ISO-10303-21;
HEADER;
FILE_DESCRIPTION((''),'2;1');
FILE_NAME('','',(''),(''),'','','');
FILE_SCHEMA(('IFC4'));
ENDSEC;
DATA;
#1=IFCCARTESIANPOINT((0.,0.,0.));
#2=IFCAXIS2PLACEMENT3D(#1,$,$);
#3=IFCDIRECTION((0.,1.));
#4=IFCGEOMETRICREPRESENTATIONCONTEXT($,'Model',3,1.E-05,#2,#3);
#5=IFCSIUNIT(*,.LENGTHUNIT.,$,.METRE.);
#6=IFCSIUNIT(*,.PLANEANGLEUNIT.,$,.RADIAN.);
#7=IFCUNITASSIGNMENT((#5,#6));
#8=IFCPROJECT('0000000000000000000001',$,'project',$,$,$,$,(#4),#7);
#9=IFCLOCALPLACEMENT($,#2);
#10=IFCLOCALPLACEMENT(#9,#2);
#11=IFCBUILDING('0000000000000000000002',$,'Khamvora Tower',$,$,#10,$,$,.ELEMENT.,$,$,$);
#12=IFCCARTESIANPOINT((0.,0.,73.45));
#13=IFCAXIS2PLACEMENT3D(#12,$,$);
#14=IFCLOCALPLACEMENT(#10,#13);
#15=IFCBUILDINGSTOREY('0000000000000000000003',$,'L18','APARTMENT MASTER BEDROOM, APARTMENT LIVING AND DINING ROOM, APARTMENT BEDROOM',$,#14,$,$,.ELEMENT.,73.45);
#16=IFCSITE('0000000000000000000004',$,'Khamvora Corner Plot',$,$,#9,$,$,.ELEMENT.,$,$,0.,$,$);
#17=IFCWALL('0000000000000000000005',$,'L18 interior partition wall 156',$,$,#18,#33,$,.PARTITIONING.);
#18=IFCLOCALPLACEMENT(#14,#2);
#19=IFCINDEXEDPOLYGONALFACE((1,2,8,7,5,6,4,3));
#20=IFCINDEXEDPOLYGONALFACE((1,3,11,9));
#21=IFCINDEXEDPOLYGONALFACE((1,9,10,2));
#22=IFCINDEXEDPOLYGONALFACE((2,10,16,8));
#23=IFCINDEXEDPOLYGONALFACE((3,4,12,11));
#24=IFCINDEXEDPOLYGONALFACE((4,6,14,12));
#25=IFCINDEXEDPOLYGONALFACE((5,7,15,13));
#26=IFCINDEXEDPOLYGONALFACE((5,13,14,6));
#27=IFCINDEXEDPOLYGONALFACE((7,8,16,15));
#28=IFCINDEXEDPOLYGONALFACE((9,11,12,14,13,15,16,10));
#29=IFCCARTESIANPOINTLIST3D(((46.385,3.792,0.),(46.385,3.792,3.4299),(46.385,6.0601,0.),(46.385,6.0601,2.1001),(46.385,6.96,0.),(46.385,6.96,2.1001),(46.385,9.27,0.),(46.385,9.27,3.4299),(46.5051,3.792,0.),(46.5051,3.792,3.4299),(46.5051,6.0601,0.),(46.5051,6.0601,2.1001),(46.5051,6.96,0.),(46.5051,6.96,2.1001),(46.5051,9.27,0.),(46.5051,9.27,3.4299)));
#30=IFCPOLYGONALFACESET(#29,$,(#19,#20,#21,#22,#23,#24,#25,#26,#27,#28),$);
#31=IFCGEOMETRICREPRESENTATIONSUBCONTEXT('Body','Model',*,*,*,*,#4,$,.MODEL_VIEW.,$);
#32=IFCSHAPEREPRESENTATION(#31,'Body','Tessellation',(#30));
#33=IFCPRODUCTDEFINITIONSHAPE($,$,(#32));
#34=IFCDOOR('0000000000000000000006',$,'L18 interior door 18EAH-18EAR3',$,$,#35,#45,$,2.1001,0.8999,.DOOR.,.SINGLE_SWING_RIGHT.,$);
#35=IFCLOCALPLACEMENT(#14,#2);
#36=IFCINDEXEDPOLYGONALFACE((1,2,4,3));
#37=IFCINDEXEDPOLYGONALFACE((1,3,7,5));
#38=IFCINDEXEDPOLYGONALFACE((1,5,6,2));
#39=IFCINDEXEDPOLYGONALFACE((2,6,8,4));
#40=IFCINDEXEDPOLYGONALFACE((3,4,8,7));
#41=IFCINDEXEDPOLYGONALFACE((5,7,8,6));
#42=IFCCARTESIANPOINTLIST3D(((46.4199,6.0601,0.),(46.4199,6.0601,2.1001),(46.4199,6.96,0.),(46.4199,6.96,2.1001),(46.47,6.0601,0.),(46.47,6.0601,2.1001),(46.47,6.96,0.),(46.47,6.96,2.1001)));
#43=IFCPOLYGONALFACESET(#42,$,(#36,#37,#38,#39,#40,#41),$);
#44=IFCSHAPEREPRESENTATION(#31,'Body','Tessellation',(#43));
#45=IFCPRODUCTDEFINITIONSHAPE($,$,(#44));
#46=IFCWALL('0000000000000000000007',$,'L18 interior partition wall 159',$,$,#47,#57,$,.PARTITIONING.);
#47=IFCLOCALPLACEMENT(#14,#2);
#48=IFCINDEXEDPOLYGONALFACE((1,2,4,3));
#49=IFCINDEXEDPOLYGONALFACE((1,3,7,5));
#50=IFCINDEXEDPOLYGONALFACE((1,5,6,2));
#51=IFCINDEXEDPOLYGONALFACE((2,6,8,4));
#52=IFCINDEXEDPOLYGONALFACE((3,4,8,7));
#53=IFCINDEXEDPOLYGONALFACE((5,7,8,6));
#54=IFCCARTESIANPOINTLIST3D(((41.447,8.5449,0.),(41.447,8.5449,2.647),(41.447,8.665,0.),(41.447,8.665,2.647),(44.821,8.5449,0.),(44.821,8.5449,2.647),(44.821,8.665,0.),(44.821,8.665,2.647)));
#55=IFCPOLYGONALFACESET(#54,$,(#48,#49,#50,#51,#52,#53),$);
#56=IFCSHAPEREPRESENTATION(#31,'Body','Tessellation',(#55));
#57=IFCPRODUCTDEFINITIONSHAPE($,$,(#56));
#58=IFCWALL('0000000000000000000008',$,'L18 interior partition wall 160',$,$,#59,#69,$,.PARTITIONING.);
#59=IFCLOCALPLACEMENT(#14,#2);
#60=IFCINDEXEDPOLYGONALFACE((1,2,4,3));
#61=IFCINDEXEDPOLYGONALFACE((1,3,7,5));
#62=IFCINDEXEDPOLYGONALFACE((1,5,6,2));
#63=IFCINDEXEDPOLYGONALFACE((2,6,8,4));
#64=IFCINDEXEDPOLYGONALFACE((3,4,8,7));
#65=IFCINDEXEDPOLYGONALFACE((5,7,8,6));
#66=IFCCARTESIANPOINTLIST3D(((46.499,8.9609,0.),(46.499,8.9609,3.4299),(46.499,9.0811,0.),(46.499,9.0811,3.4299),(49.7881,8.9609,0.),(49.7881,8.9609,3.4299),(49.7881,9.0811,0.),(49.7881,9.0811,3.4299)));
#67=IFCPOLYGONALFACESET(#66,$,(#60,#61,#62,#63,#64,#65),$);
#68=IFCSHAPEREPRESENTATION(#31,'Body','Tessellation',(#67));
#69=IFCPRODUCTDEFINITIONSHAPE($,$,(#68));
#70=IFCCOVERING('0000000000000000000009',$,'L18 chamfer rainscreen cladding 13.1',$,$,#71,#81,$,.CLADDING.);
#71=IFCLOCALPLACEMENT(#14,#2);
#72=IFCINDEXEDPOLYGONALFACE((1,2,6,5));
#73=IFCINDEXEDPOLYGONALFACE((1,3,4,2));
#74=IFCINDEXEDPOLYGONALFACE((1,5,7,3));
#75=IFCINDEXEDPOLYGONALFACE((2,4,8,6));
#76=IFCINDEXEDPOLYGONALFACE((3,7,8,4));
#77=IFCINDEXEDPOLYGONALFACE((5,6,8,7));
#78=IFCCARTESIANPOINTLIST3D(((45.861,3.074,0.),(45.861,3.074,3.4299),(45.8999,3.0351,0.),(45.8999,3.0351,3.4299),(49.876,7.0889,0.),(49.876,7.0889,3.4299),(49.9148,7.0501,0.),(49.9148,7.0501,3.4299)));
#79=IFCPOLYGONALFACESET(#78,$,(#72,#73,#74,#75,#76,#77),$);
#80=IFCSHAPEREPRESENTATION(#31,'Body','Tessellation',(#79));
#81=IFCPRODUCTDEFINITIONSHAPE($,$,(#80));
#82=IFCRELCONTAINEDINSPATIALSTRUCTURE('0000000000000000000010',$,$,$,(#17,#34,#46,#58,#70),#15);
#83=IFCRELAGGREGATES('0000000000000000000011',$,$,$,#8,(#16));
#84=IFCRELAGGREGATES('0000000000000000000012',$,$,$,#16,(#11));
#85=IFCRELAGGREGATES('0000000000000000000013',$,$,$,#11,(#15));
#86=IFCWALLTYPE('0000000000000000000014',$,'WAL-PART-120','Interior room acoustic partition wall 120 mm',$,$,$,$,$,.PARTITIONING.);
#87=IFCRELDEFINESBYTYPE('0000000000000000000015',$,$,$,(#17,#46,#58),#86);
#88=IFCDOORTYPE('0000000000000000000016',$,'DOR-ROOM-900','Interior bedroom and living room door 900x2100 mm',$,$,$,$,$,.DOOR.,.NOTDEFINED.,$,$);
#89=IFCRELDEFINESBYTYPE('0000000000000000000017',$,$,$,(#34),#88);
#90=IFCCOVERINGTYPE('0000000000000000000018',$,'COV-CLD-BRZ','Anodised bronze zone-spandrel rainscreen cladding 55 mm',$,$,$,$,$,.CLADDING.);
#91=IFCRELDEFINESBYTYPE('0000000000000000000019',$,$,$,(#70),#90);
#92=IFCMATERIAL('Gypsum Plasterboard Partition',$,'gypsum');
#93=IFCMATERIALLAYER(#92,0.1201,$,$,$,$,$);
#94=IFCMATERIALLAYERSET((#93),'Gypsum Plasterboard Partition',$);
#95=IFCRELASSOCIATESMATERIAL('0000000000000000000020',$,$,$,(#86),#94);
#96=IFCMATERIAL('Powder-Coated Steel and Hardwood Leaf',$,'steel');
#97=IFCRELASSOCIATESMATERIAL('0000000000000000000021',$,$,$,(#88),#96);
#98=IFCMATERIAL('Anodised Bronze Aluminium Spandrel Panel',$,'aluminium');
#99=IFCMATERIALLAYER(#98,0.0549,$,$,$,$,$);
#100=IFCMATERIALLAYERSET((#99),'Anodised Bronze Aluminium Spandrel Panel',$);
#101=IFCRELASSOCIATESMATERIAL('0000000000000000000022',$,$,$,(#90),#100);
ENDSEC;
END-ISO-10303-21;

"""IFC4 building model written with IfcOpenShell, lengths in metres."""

from ifc_helpers import new_model, si_unit, direction, frame, frame_2d, origin, origin_2d, place, context, subcontext, project, spatial, rectangle, extrude, material, layer, layer_set, type_object, element, fill, save


model = new_model("IFC4")

# Units and contexts
model_context = context("Model", 3, precision=1e-05, world=origin(), true_north=direction((0.0, 1.0)))
body_context = subcontext(model_context, "Body", "Model", "MODEL_VIEW")
ifc_project = project(units=[si_unit("LENGTHUNIT", "METRE"), si_unit("PLANEANGLEUNIT", "RADIAN")], contexts=[model_context])

# Site, building, storey
site_placement = place(None, origin())
site = spatial("IfcSite", under=ifc_project, at=site_placement, Name="Khamvora Corner Plot", CompositionType="ELEMENT", RefElevation=0.0)
building_placement = place(site_placement, origin())
building = spatial("IfcBuilding", under=site, at=building_placement, Name="Khamvora Tower", CompositionType="ELEMENT")
storey_placement = place(building_placement, frame((0.0, 0.0, 73.45)))
storey = spatial("IfcBuildingStorey", under=building, at=storey_placement, Name="L18", Description="APARTMENT MASTER BEDROOM, APARTMENT LIVING AND DINING ROOM, APARTMENT BEDROOM", CompositionType="ELEMENT", Elevation=73.45)

# Shared definitions
ifc_material_1 = material(Name="Gypsum Plasterboard Partition", Category="gypsum")
ifc_layer_1 = layer(ifc_material_1, 0.1201)
ifc_layer_set_1 = layer_set([ifc_layer_1], Name="Gypsum Plasterboard Partition")
wall_type_1 = type_object("IfcWallType", Name="WAL-PART-120", Description="Interior room acoustic partition wall 120 mm", PredefinedType="PARTITIONING", material=ifc_layer_set_1)
ifc_material_2 = material(Name="Powder-Coated Steel and Hardwood Leaf", Category="steel")
door_type = type_object("IfcDoorType", Name="DOR-ROOM-900", Description="Interior bedroom and living room door 900x2100 mm", OperationType="NOTDEFINED", PredefinedType="DOOR", material=ifc_material_2)

# Wall, opening, door
wall_1_placement = place(storey_placement, frame((46.4451, 9.27, 0.0), z_axis=(0.0, 0.0, 1.0), x_axis=(0.0, -1.0, 0.0)))
wall_1 = element("IfcWall", 1, at=wall_1_placement, inside=storey, type_object=wall_type_1, Name="L18 interior partition wall 156", PredefinedType="PARTITIONING", context=body_context, shape_type="SweptSolid", body=[
    extrude(rectangle(XDim=5.478, YDim=0.1201, at=frame_2d((2.739, 0.0))), origin(), (0.0, 0.0, 1.0), 3.4299),
])
opening_1_placement = place(wall_1_placement, frame((2.3101, 0.0, 0.0)))
opening_1 = element("IfcOpeningElement", 2, at=opening_1_placement, cuts=wall_1, PredefinedType="OPENING", context=body_context, shape_type="SweptSolid", body=[
    extrude(rectangle(XDim=0.8999, YDim=2.1001, at=frame_2d((0.45, 1.05))), frame((0.0, 0.0701, 0.0), z_axis=(0.0, -1.0, 0.0), x_axis=(1.0, 0.0, 0.0)), (0.0, 0.0, 1.0), 0.1401),
])
door_1_placement = place(opening_1_placement, origin())
door_1 = element("IfcDoor", 3, at=door_1_placement, inside=storey, type_object=door_type, Name="L18 interior door 18EAH-18EAR3", OperationType="SINGLE_SWING_RIGHT", OverallHeight=2.1001, OverallWidth=0.8999, PredefinedType="DOOR", context=body_context, shape_type="SweptSolid", body=[
    extrude(rectangle(XDim=0.8999, YDim=2.1001, at=frame_2d((0.45, 1.05))), frame((0.0, 0.0249, 0.0), z_axis=(0.0, -1.0, 0.0), x_axis=(1.0, 0.0, 0.0)), (0.0, 0.0, 1.0), 0.05),
])
fill(opening_1, door_1)

# Walls
wall_2_placement = place(storey_placement, frame((41.447, 8.605, 0.0), z_axis=(0.0, 0.0, 1.0), x_axis=(1.0, 0.0, 0.0)))
element("IfcWall", 4, at=wall_2_placement, inside=storey, type_object=wall_type_1, Name="L18 interior partition wall 159", PredefinedType="PARTITIONING", context=body_context, shape_type="SweptSolid", body=[
    extrude(rectangle(XDim=3.374, YDim=0.1201, at=frame_2d((1.687, 0.0))), origin(), (0.0, 0.0, 1.0), 2.647),
])
wall_3_placement = place(storey_placement, frame((46.499, 9.021, 0.0), z_axis=(0.0, 0.0, 1.0), x_axis=(1.0, 0.0, 0.0)))
element("IfcWall", 5, at=wall_3_placement, inside=storey, type_object=wall_type_1, Name="L18 interior partition wall 160", PredefinedType="PARTITIONING", context=body_context, shape_type="SweptSolid", body=[
    extrude(rectangle(XDim=3.2891, YDim=0.1201, at=frame_2d((1.6445, 0.0))), origin(), (0.0, 0.0, 1.0), 3.4299),
])

# Covering
ifc_material_3 = material(Name="Anodised Bronze Aluminium Spandrel Panel", Category="aluminium")
ifc_layer_2 = layer(ifc_material_3, 0.0549)
ifc_layer_set_2 = layer_set([ifc_layer_2], Name="Anodised Bronze Aluminium Spandrel Panel")
covering_type = type_object("IfcCoveringType", Name="COV-CLD-BRZ", Description="Anodised bronze zone-spandrel rainscreen cladding 55 mm", PredefinedType="CLADDING", material=ifc_layer_set_2)
covering_placement = place(storey_placement, frame((47.8879, 5.062, 0.0), z_axis=(0.0, 0.0, 1.0), x_axis=(-0.707107, -0.707107, 0.0)))
element("IfcCovering", 6, at=covering_placement, inside=storey, type_object=covering_type, Name="L18 chamfer rainscreen cladding 13.1", PredefinedType="CLADDING", context=body_context, shape_type="SweptSolid", body=[
    extrude(rectangle(XDim=5.678, YDim=0.0549, at=origin_2d()), origin(), (0.0, 0.0, 1.0), 3.4299),
])

save(model, "model.ifc")
